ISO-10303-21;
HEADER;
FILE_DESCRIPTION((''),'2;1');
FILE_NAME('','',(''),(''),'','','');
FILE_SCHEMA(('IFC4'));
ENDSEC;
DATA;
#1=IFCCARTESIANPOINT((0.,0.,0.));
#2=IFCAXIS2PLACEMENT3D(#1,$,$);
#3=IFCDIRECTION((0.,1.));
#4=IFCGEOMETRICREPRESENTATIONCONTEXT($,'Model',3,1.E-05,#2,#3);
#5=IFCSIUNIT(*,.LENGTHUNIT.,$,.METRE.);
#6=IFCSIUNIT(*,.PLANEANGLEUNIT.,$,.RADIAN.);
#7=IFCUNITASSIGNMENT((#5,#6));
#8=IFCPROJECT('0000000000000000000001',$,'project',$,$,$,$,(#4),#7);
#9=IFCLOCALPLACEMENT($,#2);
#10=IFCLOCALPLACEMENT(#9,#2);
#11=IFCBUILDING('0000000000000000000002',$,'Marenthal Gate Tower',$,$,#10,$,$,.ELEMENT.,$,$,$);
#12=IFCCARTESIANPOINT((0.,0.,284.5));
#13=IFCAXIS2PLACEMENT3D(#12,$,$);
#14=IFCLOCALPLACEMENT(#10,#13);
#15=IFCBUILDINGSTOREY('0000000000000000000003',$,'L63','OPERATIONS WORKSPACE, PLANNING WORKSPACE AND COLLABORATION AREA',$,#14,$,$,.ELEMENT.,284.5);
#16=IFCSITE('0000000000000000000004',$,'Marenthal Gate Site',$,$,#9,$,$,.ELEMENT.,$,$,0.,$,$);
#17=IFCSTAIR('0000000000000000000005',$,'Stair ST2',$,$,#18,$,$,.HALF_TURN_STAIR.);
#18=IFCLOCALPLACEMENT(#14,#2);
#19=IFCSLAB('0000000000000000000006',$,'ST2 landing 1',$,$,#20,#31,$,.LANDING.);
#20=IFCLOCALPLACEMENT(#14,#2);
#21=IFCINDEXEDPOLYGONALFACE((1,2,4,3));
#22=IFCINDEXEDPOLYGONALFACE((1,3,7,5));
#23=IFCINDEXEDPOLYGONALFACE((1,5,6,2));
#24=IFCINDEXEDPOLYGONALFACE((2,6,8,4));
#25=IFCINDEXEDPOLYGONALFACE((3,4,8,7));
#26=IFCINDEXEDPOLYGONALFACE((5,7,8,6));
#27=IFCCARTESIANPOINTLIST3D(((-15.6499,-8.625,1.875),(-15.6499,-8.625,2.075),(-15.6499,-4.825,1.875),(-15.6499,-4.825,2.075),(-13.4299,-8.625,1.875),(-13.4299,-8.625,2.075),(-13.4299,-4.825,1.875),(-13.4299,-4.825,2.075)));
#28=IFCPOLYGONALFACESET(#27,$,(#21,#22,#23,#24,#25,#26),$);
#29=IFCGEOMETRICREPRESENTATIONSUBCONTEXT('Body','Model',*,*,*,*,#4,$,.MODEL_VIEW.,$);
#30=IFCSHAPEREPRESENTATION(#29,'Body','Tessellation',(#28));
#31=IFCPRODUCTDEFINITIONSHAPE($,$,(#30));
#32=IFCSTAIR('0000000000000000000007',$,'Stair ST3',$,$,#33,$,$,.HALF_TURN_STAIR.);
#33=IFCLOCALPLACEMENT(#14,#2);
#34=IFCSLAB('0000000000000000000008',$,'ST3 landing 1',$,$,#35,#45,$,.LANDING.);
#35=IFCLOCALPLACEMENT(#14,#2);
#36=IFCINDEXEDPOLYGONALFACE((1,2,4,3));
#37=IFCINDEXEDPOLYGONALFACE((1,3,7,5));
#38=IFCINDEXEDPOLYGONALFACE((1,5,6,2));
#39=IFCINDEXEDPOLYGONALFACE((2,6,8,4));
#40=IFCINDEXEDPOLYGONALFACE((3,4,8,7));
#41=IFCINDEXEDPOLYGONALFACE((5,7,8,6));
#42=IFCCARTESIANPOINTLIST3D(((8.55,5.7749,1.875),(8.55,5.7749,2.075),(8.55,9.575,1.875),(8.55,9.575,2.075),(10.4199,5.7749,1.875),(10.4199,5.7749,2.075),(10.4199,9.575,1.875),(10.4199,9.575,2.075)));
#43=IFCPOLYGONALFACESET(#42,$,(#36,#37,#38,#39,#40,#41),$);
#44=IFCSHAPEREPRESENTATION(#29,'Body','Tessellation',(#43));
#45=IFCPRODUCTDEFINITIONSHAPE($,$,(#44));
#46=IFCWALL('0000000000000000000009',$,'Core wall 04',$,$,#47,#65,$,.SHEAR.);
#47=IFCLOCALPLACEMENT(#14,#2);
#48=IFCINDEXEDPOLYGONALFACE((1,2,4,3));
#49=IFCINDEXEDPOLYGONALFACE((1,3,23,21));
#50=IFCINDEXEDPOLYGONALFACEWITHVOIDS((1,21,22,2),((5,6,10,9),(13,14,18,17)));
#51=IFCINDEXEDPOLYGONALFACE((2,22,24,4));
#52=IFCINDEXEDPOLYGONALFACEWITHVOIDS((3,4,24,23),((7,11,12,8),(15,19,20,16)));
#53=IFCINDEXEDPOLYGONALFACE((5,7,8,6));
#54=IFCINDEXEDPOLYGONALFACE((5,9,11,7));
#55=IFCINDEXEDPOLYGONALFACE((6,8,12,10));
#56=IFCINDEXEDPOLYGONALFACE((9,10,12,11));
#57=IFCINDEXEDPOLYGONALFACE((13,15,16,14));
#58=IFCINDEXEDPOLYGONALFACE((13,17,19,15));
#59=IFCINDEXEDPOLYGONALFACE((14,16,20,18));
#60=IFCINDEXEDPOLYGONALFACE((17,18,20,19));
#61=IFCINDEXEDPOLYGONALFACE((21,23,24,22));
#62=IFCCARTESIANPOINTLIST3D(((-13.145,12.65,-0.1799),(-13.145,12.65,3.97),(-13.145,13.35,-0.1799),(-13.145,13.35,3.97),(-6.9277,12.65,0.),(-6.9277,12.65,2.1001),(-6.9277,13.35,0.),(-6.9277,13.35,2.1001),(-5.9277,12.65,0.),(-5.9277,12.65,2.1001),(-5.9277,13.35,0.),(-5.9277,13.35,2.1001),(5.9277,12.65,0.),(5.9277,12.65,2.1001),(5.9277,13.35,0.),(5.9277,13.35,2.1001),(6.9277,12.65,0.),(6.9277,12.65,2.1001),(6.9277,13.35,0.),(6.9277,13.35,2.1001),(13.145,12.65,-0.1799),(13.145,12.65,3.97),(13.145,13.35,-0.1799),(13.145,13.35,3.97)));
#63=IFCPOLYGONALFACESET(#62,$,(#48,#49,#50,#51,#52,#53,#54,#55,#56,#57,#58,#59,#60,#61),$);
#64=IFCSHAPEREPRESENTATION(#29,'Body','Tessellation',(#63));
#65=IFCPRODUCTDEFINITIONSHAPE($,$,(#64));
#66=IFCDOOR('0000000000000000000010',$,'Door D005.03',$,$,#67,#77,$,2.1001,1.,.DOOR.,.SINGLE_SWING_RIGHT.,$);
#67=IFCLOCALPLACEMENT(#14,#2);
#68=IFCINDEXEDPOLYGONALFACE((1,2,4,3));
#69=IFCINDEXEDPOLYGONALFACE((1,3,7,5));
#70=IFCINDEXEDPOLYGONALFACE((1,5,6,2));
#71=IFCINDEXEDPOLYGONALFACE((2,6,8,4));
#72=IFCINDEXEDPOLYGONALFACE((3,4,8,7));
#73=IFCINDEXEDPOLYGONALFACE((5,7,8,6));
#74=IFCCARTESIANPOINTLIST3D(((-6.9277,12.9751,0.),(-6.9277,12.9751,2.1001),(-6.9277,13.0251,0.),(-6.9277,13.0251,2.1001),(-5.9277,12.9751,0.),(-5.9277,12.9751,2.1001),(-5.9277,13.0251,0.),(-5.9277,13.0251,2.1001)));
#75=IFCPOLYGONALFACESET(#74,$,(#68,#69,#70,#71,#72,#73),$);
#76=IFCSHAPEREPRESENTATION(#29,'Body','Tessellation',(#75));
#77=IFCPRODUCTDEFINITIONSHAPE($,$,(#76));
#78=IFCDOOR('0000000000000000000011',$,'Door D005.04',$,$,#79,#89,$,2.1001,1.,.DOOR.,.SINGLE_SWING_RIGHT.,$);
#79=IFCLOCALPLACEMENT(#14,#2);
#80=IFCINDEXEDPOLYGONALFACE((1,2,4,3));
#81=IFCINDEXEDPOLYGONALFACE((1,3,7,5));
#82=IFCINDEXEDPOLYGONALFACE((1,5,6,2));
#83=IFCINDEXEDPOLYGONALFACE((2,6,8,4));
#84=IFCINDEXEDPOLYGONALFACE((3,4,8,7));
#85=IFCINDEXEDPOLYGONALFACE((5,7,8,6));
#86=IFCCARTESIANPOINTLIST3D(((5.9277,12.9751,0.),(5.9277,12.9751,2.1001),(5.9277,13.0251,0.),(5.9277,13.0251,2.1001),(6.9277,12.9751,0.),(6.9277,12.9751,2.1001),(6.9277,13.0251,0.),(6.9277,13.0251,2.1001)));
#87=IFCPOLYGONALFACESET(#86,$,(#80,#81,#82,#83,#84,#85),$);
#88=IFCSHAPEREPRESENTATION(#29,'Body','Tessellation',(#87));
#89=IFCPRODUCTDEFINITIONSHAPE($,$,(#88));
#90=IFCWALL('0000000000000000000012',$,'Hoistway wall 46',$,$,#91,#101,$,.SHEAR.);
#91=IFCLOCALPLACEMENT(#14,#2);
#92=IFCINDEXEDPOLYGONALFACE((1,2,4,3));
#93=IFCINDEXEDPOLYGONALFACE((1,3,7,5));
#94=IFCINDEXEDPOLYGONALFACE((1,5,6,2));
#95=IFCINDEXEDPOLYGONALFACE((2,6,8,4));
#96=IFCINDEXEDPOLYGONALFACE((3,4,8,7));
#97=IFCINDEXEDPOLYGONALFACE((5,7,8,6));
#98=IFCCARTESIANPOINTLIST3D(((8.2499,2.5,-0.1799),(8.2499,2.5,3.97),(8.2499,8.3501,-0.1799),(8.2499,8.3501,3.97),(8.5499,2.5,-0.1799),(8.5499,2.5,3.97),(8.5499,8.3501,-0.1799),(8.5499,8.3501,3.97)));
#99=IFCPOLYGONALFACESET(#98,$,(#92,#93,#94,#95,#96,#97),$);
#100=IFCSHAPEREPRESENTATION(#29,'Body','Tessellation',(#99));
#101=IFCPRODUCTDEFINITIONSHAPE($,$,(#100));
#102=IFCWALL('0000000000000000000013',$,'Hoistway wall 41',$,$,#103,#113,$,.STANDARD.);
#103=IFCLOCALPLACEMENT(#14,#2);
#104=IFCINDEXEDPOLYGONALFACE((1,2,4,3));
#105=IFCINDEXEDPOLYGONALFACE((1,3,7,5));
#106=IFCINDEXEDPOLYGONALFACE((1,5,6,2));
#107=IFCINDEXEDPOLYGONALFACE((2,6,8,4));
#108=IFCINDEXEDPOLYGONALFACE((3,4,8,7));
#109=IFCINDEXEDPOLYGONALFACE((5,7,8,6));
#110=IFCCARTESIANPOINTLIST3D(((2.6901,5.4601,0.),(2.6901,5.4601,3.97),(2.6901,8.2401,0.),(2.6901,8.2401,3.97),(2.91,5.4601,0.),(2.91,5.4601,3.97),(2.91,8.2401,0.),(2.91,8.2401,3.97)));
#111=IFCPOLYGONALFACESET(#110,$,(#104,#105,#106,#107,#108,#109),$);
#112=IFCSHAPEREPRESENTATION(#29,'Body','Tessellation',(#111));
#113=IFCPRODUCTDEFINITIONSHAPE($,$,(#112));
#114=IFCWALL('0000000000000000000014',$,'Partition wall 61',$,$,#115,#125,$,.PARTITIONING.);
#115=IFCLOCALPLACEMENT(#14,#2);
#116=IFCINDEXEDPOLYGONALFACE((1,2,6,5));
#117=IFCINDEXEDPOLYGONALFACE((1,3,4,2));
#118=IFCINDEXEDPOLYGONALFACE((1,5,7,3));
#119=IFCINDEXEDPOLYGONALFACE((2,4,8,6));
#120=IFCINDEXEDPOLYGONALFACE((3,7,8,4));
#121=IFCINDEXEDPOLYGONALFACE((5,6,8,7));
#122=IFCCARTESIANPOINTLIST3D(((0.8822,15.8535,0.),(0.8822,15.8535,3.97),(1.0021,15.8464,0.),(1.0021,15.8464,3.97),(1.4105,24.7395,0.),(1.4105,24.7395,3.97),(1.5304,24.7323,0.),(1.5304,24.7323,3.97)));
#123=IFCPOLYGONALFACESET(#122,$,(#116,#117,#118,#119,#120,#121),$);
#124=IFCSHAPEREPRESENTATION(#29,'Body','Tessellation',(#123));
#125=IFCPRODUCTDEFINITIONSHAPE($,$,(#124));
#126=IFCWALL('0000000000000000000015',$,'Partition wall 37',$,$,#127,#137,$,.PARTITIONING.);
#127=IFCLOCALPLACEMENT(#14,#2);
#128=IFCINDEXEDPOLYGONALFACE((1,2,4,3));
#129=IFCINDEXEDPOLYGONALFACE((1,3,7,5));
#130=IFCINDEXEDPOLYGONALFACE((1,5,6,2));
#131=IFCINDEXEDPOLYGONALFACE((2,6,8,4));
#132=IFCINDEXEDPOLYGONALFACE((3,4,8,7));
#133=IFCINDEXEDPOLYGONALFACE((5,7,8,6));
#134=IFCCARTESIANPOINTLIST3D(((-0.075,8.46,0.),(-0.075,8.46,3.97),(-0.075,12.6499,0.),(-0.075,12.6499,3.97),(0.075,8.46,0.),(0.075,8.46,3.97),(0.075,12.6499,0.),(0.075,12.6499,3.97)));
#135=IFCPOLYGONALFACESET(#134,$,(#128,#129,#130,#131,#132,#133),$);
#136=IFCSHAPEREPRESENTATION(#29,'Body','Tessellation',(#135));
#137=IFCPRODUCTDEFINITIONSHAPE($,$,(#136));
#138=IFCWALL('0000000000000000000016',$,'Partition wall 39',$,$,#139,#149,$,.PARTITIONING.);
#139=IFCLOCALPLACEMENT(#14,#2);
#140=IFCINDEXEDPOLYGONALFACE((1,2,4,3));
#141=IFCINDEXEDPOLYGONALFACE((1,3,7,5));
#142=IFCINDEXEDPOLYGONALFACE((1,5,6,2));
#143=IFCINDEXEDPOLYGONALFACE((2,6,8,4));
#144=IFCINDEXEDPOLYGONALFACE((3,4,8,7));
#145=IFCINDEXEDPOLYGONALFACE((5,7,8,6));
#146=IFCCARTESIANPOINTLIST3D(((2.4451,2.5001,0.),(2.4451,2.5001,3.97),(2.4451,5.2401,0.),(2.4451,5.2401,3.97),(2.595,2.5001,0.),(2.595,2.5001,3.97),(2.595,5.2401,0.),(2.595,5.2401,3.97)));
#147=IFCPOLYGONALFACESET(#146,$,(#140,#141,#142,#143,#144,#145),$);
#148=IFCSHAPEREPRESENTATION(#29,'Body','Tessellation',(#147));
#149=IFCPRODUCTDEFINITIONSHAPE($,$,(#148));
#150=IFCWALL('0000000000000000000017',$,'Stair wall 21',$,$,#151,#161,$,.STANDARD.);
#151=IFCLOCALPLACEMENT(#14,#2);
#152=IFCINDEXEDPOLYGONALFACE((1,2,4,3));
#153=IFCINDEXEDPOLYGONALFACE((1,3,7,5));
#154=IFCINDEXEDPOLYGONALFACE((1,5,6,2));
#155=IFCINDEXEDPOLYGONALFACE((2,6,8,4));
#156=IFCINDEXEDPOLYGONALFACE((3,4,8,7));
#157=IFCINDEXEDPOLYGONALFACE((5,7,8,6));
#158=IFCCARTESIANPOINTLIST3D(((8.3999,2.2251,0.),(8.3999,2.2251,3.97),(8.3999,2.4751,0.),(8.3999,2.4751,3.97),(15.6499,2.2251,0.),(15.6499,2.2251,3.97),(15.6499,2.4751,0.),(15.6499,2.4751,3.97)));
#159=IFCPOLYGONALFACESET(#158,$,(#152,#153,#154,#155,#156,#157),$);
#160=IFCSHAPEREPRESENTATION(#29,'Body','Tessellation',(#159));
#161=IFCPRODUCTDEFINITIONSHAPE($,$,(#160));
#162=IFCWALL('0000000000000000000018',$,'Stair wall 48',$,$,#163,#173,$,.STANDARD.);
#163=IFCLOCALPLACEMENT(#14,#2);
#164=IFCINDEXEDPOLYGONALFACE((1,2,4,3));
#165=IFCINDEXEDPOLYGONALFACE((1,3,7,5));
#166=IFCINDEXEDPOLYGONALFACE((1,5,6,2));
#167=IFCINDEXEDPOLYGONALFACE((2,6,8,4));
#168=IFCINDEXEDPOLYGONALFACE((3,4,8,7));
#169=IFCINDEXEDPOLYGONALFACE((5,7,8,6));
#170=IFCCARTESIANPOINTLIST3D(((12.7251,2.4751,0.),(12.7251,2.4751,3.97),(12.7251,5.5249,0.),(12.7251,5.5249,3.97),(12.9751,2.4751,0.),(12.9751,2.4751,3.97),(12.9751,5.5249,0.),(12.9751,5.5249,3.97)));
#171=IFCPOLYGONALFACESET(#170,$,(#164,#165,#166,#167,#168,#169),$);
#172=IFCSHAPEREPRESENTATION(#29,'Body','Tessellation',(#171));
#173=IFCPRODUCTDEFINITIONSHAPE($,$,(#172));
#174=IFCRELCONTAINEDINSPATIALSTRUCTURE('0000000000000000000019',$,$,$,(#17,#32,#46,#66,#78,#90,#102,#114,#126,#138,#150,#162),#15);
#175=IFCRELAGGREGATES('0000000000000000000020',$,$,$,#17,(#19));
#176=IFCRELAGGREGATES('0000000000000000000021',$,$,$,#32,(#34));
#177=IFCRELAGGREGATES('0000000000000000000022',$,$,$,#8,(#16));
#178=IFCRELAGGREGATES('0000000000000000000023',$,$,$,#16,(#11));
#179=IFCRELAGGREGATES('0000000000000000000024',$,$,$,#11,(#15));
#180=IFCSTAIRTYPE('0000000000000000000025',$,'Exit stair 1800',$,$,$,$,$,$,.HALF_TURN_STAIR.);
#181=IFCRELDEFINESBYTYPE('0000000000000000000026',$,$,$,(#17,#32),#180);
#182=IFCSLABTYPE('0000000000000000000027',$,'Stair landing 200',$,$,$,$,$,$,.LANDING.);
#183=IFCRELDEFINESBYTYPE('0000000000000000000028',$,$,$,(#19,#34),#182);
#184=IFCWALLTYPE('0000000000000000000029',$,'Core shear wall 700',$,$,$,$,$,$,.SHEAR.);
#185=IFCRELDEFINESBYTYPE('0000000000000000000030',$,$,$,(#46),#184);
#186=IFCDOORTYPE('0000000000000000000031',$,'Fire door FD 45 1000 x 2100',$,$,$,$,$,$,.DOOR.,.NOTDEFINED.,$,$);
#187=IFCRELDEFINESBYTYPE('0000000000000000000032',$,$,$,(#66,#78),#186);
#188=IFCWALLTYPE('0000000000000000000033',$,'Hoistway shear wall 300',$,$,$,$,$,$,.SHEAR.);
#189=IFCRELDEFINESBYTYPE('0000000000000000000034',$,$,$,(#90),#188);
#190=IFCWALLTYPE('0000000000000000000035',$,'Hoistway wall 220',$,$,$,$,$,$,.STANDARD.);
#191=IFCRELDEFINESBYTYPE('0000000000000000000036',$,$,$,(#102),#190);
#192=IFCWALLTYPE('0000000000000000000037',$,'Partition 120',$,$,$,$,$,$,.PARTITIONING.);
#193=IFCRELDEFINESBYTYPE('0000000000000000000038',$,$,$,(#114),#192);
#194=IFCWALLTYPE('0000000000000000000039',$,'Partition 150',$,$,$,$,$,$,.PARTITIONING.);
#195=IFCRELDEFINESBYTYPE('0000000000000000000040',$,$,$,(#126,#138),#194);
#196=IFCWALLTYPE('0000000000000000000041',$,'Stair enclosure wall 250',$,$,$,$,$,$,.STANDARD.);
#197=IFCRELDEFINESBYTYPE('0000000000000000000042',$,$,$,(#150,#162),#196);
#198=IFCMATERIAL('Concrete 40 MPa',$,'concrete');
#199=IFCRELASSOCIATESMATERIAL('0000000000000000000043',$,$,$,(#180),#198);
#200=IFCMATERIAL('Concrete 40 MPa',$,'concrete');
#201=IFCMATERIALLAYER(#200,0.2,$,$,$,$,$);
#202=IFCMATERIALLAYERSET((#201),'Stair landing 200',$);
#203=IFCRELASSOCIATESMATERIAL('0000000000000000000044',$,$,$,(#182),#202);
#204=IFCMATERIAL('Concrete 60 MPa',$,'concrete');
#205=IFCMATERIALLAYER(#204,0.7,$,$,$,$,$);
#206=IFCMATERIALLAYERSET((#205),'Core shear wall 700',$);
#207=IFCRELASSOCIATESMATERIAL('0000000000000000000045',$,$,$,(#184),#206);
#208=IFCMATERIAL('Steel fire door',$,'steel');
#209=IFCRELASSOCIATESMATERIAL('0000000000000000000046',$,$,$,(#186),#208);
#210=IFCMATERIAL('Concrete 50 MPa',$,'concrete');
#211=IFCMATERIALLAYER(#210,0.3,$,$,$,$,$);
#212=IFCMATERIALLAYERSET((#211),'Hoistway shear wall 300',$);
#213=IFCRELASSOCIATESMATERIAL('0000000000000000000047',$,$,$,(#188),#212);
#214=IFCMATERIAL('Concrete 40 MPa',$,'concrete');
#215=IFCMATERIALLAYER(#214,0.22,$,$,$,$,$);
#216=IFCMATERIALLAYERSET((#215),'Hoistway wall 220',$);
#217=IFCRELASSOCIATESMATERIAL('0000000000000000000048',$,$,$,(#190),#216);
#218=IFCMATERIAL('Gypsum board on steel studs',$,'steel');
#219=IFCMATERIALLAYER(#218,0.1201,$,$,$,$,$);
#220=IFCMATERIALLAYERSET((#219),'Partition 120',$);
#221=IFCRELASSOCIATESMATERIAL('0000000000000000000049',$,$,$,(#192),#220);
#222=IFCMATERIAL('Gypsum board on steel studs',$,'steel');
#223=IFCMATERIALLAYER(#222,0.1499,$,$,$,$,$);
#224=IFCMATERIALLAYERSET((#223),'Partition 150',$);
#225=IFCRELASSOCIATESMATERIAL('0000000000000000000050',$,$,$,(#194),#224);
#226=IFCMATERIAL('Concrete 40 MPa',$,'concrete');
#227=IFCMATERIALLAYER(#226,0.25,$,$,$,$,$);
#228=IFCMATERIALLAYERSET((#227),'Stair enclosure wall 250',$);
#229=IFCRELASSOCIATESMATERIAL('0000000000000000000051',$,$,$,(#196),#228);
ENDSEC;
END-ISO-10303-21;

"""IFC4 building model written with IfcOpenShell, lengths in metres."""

from ifc_helpers import new_model, si_unit, direction, frame, frame_2d, origin, place, context, subcontext, project, spatial, polyline, rectangle, outline, extrude, material, layer, layer_set, type_object, element, fill, aggregate, save


model = new_model("IFC4")

# Units and contexts
model_context = context("Model", 3, precision=1e-05, world=origin(), true_north=direction((0.0, 1.0)))
body_context = subcontext(model_context, "Body", "Model", "MODEL_VIEW")
ifc_project = project(units=[si_unit("LENGTHUNIT", "METRE"), si_unit("PLANEANGLEUNIT", "RADIAN")], contexts=[model_context])

# Site, building, storey
site_placement = place(None, origin())
site = spatial("IfcSite", under=ifc_project, at=site_placement, Name="Marenthal Gate Site", CompositionType="ELEMENT", RefElevation=0.0)
building_placement = place(site_placement, origin())
building = spatial("IfcBuilding", under=site, at=building_placement, Name="Marenthal Gate Tower", CompositionType="ELEMENT")
storey_placement = place(building_placement, frame((0.0, 0.0, 284.5)))
storey = spatial("IfcBuildingStorey", under=building, at=storey_placement, Name="L63", Description="OPERATIONS WORKSPACE, PLANNING WORKSPACE AND COLLABORATION AREA", CompositionType="ELEMENT", Elevation=284.5)

# Stairs, slabs
ifc_material_1 = material(Name="Concrete 40 MPa", Category="concrete")
stair_type = type_object("IfcStairType", Name="Exit stair 1800", PredefinedType="HALF_TURN_STAIR", material=ifc_material_1)
ifc_material_2 = material(Name="Concrete 40 MPa", Category="concrete")
ifc_layer_1 = layer(ifc_material_2, 0.2)
ifc_layer_set_1 = layer_set([ifc_layer_1], Name="Stair landing 200")
slab_type_1 = type_object("IfcSlabType", Name="Stair landing 200", PredefinedType="LANDING", material=ifc_layer_set_1)
stair_1_placement = place(storey_placement, origin())
stair_1 = element("IfcStair", 1, at=stair_1_placement, inside=storey, type_object=stair_type, Name="Stair ST2", PredefinedType="HALF_TURN_STAIR")
slab_1_placement = place(storey_placement, frame((0.0, 0.0, 1.875)))
slab_1 = element("IfcSlab", 2, at=slab_1_placement, type_object=slab_type_1, Name="ST2 landing 1", PredefinedType="LANDING", context=body_context, shape_type="SweptSolid", body=[
    extrude(outline(polyline([(-15.6499, -8.625), (-13.4299, -8.625), (-13.4299, -4.825), (-15.6499, -4.825), (-15.6499, -8.625)])), origin(), (0.0, 0.0, 1.0), 0.2),
])
aggregate(stair_1, [slab_1])
stair_2_placement = place(storey_placement, origin())
stair_2 = element("IfcStair", 3, at=stair_2_placement, inside=storey, type_object=stair_type, Name="Stair ST3", PredefinedType="HALF_TURN_STAIR")
slab_2_placement = place(storey_placement, frame((0.0, 0.0, 1.875)))
slab_2 = element("IfcSlab", 4, at=slab_2_placement, type_object=slab_type_1, Name="ST3 landing 1", PredefinedType="LANDING", context=body_context, shape_type="SweptSolid", body=[
    extrude(outline(polyline([(8.55, 5.7749), (10.4199, 5.7749), (10.4199, 9.575), (8.55, 9.575), (8.55, 5.7749)])), origin(), (0.0, 0.0, 1.0), 0.2),
])

# Wall, openings, doors
ifc_material_3 = material(Name="Concrete 60 MPa", Category="concrete")
ifc_layer_2 = layer(ifc_material_3, 0.7)
ifc_layer_set_2 = layer_set([ifc_layer_2], Name="Core shear wall 700")
wall_type_1 = type_object("IfcWallType", Name="Core shear wall 700", PredefinedType="SHEAR", material=ifc_layer_set_2)
wall_1_placement = place(storey_placement, frame((13.145, 13.0, -0.1799), z_axis=(0.0, 0.0, 1.0), x_axis=(-1.0, 0.0, 0.0)))
wall_1 = element("IfcWall", 5, at=wall_1_placement, inside=storey, type_object=wall_type_1, Name="Core wall 04", PredefinedType="SHEAR", context=body_context, shape_type="SweptSolid", body=[
    extrude(rectangle(XDim=26.29, YDim=0.7, at=frame_2d((13.145, 0.0))), origin(), (0.0, 0.0, 1.0), 4.1499),
])
opening_1_placement = place(wall_1_placement, frame((19.0728, 0.0, 0.1799)))
opening_1 = element("IfcOpeningElement", 6, at=opening_1_placement, cuts=wall_1, PredefinedType="OPENING", context=body_context, shape_type="SweptSolid", body=[
    extrude(rectangle(XDim=1.0, YDim=2.1001, at=frame_2d((0.5, 1.05))), frame((0.0, 0.3599, 0.0), z_axis=(0.0, -1.0, 0.0), x_axis=(1.0, 0.0, 0.0)), (0.0, 0.0, 1.0), 0.72),
])
opening_2_placement = place(wall_1_placement, frame((6.2173, 0.0, 0.1799)))
opening_2 = element("IfcOpeningElement", 7, at=opening_2_placement, cuts=wall_1, PredefinedType="OPENING", context=body_context, shape_type="SweptSolid", body=[
    extrude(rectangle(XDim=1.0, YDim=2.1001, at=frame_2d((0.5, 1.05))), frame((0.0, 0.3599, 0.0), z_axis=(0.0, -1.0, 0.0), x_axis=(1.0, 0.0, 0.0)), (0.0, 0.0, 1.0), 0.72),
])
ifc_material_4 = material(Name="Steel fire door", Category="steel")
door_type_1 = type_object("IfcDoorType", Name="Fire door FD 45 1000 x 2100", OperationType="NOTDEFINED", PredefinedType="DOOR", material=ifc_material_4)
door_1_placement = place(opening_1_placement, origin())
door_1 = element("IfcDoor", 8, at=door_1_placement, inside=storey, type_object=door_type_1, Name="Door D005.03", OperationType="SINGLE_SWING_RIGHT", OverallHeight=2.1001, OverallWidth=1.0, PredefinedType="DOOR", context=body_context, shape_type="SweptSolid", body=[
    extrude(rectangle(XDim=1.0, YDim=2.1001, at=frame_2d((0.5, 1.05))), frame((0.0, 0.0249, 0.0), z_axis=(0.0, -1.0, 0.0), x_axis=(1.0, 0.0, 0.0)), (0.0, 0.0, 1.0), 0.05),
])
fill(opening_1, door_1)
door_2_placement = place(opening_2_placement, origin())
door_2 = element("IfcDoor", 9, at=door_2_placement, inside=storey, type_object=door_type_1, Name="Door D005.04", OperationType="SINGLE_SWING_RIGHT", OverallHeight=2.1001, OverallWidth=1.0, PredefinedType="DOOR", context=body_context, shape_type="SweptSolid", body=[
    extrude(rectangle(XDim=1.0, YDim=2.1001, at=frame_2d((0.5, 1.05))), frame((0.0, 0.0249, 0.0), z_axis=(0.0, -1.0, 0.0), x_axis=(1.0, 0.0, 0.0)), (0.0, 0.0, 1.0), 0.05),
])
fill(opening_2, door_2)

# Walls
ifc_material_5 = material(Name="Concrete 50 MPa", Category="concrete")
ifc_layer_3 = layer(ifc_material_5, 0.3)
ifc_layer_set_3 = layer_set([ifc_layer_3], Name="Hoistway shear wall 300")
wall_type_2 = type_object("IfcWallType", Name="Hoistway shear wall 300", PredefinedType="SHEAR", material=ifc_layer_set_3)
wall_2_placement = place(storey_placement, frame((8.3999, 2.5, -0.1799), z_axis=(0.0, 0.0, 1.0), x_axis=(0.0, 1.0, 0.0)))
element("IfcWall", 10, at=wall_2_placement, inside=storey, type_object=wall_type_2, Name="Hoistway wall 46", PredefinedType="SHEAR", context=body_context, shape_type="SweptSolid", body=[
    extrude(rectangle(XDim=5.8501, YDim=0.3, at=frame_2d((2.925, 0.0))), origin(), (0.0, 0.0, 1.0), 4.1499),
])
ifc_material_6 = material(Name="Concrete 40 MPa", Category="concrete")
ifc_layer_4 = layer(ifc_material_6, 0.22)
ifc_layer_set_4 = layer_set([ifc_layer_4], Name="Hoistway wall 220")
wall_type_3 = type_object("IfcWallType", Name="Hoistway wall 220", PredefinedType="STANDARD", material=ifc_layer_set_4)
wall_3_placement = place(storey_placement, frame((2.8, 5.46, 0.0), z_axis=(0.0, 0.0, 1.0), x_axis=(0.0, 1.0, 0.0)))
element("IfcWall", 11, at=wall_3_placement, inside=storey, type_object=wall_type_3, Name="Hoistway wall 41", PredefinedType="STANDARD", context=body_context, shape_type="SweptSolid", body=[
    extrude(rectangle(XDim=2.78, YDim=0.22, at=frame_2d((1.3901, 0.0))), origin(), (0.0, 0.0, 1.0), 3.97),
])
ifc_material_7 = material(Name="Gypsum board on steel studs", Category="steel")
ifc_layer_5 = layer(ifc_material_7, 0.1201)
ifc_layer_set_5 = layer_set([ifc_layer_5], Name="Partition 120")
wall_type_4 = type_object("IfcWallType", Name="Partition 120", PredefinedType="PARTITIONING", material=ifc_layer_set_5)
wall_4_placement = place(storey_placement, frame((0.9421, 15.8501, 0.0), z_axis=(0.0, 0.0, 1.0), x_axis=(0.059351, 0.998237, 0.0)))
element("IfcWall", 12, at=wall_4_placement, inside=storey, type_object=wall_type_4, Name="Partition wall 61", PredefinedType="PARTITIONING", context=body_context, shape_type="SweptSolid", body=[
    extrude(rectangle(XDim=8.9016, YDim=0.1201, at=frame_2d((4.4507, 0.0))), origin(), (0.0, 0.0, 1.0), 3.97),
])
ifc_material_8 = material(Name="Gypsum board on steel studs", Category="steel")
ifc_layer_6 = layer(ifc_material_8, 0.1499)
ifc_layer_set_6 = layer_set([ifc_layer_6], Name="Partition 150")
wall_type_5 = type_object("IfcWallType", Name="Partition 150", PredefinedType="PARTITIONING", material=ifc_layer_set_6)
wall_5_placement = place(storey_placement, frame((0.0, 8.46, 0.0), z_axis=(0.0, 0.0, 1.0), x_axis=(0.0, 1.0, 0.0)))
element("IfcWall", 13, at=wall_5_placement, inside=storey, type_object=wall_type_5, Name="Partition wall 37", PredefinedType="PARTITIONING", context=body_context, shape_type="SweptSolid", body=[
    extrude(rectangle(XDim=4.1899, YDim=0.1499, at=frame_2d((2.095, 0.0))), origin(), (0.0, 0.0, 1.0), 3.97),
])
wall_6_placement = place(storey_placement, frame((2.52, 2.5, 0.0), z_axis=(0.0, 0.0, 1.0), x_axis=(0.0, 1.0, 0.0)))
element("IfcWall", 14, at=wall_6_placement, inside=storey, type_object=wall_type_5, Name="Partition wall 39", PredefinedType="PARTITIONING", context=body_context, shape_type="SweptSolid", body=[
    extrude(rectangle(XDim=2.74, YDim=0.1499, at=frame_2d((1.3701, 0.0))), origin(), (0.0, 0.0, 1.0), 3.97),
])
ifc_material_9 = material(Name="Concrete 40 MPa", Category="concrete")
ifc_layer_7 = layer(ifc_material_9, 0.25)
ifc_layer_set_7 = layer_set([ifc_layer_7], Name="Stair enclosure wall 250")
wall_type_6 = type_object("IfcWallType", Name="Stair enclosure wall 250", PredefinedType="STANDARD", material=ifc_layer_set_7)
wall_7_placement = place(storey_placement, frame((8.3999, 2.3501, 0.0), z_axis=(0.0, 0.0, 1.0), x_axis=(1.0, 0.0, 0.0)))
element("IfcWall", 15, at=wall_7_placement, inside=storey, type_object=wall_type_6, Name="Stair wall 21", PredefinedType="STANDARD", context=body_context, shape_type="SweptSolid", body=[
    extrude(rectangle(XDim=7.25, YDim=0.25, at=frame_2d((3.625, 0.0))), origin(), (0.0, 0.0, 1.0), 3.97),
])
wall_8_placement = place(storey_placement, frame((12.8501, 2.4751, 0.0), z_axis=(0.0, 0.0, 1.0), x_axis=(0.0, 1.0, 0.0)))
element("IfcWall", 16, at=wall_8_placement, inside=storey, type_object=wall_type_6, Name="Stair wall 48", PredefinedType="STANDARD", context=body_context, shape_type="SweptSolid", body=[
    extrude(rectangle(XDim=3.0498, YDim=0.25, at=frame_2d((1.5249, 0.0))), origin(), (0.0, 0.0, 1.0), 3.97),
])

aggregate(stair_2, [slab_2])

save(model, "model.ifc")
